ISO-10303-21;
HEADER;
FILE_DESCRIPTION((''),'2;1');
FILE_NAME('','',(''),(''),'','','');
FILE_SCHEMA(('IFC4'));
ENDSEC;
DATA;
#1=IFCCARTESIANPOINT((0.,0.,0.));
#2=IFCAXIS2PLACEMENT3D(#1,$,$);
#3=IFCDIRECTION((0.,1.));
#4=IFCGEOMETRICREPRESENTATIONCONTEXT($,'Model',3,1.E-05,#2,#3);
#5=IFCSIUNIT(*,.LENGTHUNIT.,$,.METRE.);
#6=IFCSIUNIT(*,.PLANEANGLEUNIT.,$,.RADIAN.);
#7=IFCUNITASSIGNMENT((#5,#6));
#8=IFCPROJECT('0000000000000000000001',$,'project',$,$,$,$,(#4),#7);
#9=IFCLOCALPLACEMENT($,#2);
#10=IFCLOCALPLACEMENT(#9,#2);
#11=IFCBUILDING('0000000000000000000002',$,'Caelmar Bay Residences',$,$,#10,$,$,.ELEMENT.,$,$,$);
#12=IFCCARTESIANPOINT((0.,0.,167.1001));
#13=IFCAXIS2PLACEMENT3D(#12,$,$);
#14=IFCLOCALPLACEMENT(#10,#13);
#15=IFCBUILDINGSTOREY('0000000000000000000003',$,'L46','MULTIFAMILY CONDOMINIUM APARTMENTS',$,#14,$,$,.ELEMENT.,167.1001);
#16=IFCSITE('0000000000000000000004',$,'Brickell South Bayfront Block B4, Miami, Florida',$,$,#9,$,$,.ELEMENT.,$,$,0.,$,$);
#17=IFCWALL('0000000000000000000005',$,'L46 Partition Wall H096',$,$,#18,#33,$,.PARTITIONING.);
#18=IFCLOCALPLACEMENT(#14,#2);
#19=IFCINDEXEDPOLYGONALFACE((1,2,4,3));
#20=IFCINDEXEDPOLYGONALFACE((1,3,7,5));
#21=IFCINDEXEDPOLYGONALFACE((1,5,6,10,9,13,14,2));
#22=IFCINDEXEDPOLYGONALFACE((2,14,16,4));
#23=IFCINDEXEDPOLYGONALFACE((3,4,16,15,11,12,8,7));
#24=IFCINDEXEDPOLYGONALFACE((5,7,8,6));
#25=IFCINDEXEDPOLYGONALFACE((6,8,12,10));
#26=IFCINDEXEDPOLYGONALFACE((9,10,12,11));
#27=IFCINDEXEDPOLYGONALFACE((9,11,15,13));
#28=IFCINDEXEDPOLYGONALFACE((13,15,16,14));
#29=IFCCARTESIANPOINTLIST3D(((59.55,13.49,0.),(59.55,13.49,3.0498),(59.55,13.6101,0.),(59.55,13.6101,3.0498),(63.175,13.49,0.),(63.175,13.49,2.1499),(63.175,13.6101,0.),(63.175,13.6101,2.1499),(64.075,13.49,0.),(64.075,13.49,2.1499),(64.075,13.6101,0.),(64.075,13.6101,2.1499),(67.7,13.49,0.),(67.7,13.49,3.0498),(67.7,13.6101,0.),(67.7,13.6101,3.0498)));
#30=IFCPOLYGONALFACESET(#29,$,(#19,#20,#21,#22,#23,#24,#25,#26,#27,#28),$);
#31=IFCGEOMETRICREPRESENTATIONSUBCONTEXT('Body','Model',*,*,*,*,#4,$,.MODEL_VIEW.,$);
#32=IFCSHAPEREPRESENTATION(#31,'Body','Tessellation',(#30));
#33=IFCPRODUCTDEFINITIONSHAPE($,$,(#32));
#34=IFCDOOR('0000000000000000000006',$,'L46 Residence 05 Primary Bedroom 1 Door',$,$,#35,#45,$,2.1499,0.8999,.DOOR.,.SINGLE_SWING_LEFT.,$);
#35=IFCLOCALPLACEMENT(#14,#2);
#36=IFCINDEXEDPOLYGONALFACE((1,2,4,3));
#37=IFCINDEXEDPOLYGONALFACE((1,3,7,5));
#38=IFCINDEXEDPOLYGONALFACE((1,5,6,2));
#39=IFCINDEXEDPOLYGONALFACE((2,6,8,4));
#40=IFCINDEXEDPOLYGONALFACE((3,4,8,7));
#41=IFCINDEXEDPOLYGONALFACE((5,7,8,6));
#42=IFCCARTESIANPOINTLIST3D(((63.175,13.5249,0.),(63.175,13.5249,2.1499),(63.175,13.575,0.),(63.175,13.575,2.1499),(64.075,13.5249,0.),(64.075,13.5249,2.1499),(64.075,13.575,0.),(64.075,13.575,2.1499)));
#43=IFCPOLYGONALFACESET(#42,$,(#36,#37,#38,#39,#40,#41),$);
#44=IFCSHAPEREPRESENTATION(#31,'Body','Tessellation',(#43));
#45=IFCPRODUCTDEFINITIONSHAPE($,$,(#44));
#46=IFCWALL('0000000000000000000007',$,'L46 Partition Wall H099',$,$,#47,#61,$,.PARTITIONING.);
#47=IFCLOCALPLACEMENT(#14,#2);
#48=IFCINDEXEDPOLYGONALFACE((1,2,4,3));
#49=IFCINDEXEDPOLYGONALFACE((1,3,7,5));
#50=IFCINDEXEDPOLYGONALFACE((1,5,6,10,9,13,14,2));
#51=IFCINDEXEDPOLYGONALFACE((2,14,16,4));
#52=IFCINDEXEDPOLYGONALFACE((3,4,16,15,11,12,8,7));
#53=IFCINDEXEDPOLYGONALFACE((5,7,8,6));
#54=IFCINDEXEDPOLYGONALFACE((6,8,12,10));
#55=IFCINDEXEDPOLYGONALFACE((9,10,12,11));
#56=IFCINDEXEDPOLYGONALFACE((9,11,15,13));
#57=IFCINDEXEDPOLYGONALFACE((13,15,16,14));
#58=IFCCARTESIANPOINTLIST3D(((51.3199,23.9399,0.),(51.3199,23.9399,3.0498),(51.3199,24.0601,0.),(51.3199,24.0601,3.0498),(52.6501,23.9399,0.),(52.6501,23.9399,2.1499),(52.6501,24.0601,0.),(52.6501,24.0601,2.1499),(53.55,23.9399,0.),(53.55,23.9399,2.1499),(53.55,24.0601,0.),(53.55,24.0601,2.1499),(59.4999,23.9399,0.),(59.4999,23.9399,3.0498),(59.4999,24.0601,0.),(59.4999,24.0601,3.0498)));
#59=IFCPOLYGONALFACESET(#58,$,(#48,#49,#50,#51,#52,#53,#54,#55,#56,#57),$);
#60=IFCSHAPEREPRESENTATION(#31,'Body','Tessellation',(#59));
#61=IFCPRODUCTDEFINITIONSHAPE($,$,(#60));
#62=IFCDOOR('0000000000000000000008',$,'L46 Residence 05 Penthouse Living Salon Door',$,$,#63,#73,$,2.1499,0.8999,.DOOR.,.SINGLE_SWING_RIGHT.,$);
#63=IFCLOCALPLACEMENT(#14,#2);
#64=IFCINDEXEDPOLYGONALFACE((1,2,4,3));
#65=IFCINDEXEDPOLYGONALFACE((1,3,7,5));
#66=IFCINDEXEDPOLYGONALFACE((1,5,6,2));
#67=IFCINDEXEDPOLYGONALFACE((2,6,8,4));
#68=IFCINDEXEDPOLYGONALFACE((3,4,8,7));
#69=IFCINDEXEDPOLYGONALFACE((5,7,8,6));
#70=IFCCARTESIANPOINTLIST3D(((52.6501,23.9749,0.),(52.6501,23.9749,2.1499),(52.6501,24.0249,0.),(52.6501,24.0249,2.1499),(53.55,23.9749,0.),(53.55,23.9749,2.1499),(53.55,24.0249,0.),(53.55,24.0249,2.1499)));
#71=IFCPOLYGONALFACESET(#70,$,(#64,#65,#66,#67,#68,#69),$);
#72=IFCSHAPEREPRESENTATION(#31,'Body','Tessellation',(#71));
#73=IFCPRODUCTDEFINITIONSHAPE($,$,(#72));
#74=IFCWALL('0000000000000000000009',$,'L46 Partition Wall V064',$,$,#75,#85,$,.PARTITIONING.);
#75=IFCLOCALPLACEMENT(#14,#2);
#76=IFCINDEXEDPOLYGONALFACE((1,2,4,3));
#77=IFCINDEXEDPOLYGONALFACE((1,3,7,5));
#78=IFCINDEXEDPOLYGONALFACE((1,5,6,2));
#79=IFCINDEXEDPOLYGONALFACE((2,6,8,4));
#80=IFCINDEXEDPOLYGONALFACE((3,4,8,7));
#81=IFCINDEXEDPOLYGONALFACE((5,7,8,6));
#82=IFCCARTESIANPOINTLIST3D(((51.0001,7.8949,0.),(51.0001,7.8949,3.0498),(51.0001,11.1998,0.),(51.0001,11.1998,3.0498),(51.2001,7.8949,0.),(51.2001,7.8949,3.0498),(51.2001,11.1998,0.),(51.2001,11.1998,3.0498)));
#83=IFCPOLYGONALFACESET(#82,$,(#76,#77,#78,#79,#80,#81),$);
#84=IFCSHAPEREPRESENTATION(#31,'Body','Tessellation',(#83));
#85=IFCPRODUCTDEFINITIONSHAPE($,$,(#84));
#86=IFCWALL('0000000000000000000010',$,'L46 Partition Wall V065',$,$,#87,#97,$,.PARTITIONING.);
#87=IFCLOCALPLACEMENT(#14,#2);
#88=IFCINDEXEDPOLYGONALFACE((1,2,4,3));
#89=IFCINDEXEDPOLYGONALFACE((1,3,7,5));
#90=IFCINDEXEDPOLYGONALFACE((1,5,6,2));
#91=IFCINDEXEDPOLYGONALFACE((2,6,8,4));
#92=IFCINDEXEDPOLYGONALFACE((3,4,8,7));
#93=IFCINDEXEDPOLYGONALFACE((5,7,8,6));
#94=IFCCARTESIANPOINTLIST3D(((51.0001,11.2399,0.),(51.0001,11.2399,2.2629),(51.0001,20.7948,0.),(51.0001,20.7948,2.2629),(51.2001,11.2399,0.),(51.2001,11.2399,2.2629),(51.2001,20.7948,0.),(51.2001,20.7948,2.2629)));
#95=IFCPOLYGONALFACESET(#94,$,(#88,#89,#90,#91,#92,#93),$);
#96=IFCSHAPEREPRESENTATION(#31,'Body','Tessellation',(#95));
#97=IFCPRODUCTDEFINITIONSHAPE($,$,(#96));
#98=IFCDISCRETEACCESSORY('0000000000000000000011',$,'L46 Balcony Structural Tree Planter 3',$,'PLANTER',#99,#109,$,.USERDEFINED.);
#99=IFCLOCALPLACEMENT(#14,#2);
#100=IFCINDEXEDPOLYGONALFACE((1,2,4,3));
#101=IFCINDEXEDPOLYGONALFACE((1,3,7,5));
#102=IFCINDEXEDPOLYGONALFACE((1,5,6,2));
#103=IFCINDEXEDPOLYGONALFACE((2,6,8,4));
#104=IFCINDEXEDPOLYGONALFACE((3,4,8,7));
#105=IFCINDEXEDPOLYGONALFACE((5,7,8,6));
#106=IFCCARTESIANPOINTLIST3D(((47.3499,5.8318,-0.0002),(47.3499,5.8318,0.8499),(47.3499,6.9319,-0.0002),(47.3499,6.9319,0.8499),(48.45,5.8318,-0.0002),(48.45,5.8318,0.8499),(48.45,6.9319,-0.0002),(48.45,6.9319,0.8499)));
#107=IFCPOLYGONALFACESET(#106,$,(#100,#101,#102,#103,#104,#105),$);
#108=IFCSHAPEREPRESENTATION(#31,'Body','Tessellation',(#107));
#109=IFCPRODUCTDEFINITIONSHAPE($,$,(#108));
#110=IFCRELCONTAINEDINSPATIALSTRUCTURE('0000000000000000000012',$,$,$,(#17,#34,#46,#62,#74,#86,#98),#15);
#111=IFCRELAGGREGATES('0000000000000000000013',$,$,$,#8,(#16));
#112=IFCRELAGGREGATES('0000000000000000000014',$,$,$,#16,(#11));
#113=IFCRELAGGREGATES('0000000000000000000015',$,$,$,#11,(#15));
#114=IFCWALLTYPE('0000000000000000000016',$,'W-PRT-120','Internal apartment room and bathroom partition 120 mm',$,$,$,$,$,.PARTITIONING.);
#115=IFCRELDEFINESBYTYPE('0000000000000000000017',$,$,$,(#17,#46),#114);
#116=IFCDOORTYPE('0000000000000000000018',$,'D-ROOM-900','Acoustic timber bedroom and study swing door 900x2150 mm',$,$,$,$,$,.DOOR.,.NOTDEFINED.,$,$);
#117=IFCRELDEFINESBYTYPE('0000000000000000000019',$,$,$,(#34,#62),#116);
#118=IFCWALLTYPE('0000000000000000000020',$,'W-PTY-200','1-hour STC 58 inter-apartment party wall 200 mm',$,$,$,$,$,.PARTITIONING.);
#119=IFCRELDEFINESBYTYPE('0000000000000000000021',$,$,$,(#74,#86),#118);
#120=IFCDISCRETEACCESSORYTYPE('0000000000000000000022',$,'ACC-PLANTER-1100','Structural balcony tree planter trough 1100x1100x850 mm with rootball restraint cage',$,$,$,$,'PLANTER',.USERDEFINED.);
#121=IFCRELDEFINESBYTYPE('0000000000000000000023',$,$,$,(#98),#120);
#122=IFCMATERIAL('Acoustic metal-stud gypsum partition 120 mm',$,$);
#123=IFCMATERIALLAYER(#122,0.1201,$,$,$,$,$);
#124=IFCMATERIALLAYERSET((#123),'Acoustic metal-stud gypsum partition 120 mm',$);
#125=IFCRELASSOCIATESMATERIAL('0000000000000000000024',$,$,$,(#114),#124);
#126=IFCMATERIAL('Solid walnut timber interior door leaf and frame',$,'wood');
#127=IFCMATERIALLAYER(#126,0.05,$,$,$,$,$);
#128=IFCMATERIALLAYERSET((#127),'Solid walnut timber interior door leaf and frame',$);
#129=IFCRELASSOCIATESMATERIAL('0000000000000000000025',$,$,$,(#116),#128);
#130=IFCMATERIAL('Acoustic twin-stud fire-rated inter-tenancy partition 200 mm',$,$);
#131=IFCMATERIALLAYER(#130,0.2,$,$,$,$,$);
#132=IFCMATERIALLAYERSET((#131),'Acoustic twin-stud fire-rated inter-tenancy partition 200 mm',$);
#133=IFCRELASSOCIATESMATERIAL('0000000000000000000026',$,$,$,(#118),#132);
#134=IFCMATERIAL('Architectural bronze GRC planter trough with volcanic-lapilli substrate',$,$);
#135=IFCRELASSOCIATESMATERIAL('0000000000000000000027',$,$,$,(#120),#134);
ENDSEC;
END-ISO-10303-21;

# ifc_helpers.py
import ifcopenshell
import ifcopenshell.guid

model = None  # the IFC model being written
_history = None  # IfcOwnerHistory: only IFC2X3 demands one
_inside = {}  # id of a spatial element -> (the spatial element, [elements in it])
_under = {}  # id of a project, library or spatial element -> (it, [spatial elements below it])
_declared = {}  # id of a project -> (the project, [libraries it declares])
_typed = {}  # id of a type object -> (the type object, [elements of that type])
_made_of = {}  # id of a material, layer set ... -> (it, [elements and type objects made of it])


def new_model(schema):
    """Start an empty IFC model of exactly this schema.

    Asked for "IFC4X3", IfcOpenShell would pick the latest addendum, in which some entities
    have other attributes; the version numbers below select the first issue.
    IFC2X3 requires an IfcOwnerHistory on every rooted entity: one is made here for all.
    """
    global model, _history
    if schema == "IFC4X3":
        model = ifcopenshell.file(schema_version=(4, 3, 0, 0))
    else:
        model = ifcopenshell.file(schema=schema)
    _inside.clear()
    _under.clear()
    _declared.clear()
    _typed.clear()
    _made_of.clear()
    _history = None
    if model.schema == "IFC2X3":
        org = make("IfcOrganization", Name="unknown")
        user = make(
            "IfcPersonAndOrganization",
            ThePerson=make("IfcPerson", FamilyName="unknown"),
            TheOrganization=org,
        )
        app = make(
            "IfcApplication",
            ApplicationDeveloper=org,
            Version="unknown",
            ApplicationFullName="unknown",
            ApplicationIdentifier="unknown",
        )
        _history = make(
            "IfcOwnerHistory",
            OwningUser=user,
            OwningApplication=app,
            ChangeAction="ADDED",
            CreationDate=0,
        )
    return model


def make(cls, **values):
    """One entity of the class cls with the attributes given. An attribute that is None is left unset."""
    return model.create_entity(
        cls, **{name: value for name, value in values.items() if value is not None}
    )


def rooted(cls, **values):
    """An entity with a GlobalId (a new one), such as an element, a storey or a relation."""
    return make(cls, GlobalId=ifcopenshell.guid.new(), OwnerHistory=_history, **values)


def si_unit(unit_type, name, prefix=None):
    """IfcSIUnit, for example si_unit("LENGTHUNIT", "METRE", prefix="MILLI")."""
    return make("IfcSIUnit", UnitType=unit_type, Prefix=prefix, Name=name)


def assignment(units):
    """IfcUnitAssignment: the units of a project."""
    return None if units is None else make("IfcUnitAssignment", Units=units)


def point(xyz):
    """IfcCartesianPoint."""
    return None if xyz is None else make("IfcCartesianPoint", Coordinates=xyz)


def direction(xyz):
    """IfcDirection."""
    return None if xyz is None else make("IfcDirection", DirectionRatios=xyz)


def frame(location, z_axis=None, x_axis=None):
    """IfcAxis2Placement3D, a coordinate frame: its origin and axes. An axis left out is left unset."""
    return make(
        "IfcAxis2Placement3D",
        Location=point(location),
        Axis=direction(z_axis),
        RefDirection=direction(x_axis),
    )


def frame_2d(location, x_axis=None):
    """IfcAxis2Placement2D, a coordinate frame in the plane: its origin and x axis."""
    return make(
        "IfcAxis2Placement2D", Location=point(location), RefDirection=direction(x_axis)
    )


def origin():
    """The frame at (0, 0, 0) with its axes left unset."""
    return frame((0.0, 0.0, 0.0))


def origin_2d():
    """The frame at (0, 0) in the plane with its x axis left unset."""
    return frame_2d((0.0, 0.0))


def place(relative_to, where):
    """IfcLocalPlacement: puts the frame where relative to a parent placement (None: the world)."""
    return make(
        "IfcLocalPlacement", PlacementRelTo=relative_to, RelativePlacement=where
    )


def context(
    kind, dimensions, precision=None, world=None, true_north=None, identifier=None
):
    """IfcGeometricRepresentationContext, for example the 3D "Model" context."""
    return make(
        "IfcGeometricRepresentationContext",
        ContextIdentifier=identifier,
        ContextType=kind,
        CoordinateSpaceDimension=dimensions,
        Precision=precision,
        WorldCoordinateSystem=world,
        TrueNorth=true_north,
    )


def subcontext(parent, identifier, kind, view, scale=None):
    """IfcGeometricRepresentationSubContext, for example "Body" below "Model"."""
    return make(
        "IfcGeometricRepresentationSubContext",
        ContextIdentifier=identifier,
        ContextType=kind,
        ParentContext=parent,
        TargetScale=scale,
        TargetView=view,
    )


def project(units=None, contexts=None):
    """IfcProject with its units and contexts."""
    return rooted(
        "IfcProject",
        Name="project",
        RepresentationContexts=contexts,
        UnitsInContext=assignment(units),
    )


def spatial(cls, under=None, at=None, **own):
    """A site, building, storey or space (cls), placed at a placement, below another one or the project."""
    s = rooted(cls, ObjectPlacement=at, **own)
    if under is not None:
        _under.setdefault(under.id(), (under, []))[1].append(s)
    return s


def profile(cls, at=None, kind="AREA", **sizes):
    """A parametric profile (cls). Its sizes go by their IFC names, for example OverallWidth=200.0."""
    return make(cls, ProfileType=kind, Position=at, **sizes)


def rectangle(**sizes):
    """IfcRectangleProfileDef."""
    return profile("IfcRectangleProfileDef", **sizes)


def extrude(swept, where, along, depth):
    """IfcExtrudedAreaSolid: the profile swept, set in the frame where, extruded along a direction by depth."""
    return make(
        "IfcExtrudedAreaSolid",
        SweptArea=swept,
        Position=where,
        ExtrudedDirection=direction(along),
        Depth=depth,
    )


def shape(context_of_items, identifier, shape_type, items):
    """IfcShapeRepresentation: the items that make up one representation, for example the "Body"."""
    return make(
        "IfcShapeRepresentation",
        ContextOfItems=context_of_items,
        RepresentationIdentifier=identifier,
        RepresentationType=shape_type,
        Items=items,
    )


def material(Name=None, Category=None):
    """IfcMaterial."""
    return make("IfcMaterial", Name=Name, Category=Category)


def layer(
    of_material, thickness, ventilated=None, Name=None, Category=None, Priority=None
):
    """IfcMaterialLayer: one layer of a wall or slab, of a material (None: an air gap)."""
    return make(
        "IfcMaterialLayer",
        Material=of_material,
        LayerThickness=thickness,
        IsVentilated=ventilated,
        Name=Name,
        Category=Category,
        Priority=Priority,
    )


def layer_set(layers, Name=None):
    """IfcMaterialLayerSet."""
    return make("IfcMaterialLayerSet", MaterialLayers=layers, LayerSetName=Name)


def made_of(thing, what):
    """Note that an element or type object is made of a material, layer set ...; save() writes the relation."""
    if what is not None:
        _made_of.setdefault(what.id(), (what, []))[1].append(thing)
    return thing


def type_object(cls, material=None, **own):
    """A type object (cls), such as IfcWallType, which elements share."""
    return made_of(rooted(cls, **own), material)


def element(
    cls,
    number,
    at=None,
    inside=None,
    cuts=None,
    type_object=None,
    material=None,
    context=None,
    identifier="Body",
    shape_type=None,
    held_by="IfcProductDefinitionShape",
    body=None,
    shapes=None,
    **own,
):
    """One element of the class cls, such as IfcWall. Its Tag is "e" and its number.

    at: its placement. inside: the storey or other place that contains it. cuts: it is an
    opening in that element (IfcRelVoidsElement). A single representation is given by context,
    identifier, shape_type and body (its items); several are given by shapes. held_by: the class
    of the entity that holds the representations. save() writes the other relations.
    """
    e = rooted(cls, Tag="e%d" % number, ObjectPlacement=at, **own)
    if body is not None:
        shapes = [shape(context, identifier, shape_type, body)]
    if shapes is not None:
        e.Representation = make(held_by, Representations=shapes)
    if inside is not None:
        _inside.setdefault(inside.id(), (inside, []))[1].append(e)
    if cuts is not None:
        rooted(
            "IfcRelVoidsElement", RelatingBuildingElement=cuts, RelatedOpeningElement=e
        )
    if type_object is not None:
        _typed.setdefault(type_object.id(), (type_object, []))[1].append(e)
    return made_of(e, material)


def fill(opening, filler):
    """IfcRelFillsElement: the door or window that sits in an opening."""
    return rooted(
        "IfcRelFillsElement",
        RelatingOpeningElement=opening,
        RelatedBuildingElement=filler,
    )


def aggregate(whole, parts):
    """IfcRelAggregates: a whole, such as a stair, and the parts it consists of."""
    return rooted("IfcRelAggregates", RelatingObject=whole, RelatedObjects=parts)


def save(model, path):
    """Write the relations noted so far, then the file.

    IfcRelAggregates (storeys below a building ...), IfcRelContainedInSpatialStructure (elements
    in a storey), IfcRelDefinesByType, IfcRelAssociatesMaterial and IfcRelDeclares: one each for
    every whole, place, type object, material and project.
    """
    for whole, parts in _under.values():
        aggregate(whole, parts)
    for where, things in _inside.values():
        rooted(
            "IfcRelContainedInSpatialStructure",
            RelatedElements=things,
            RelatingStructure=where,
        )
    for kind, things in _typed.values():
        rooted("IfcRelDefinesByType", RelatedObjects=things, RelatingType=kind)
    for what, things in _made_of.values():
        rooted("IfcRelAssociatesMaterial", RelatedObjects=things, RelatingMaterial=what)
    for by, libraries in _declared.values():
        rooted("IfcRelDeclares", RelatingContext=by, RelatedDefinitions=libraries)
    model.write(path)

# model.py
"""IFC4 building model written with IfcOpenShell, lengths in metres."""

from ifc_helpers import new_model, si_unit, direction, frame, frame_2d, origin, origin_2d, place, context, subcontext, project, spatial, rectangle, extrude, material, layer, layer_set, type_object, element, fill, save


model = new_model("IFC4")

# Units and contexts
model_context = context("Model", 3, precision=1e-05, world=origin(), true_north=direction((0.0, 1.0)))
body_context = subcontext(model_context, "Body", "Model", "MODEL_VIEW")
ifc_project = project(units=[si_unit("LENGTHUNIT", "METRE"), si_unit("PLANEANGLEUNIT", "RADIAN")], contexts=[model_context])

# Site, building, storey
site_placement = place(None, origin())
site = spatial("IfcSite", under=ifc_project, at=site_placement, Name="Brickell South Bayfront Block B4, Miami, Florida", CompositionType="ELEMENT", RefElevation=0.0)
building_placement = place(site_placement, origin())
building = spatial("IfcBuilding", under=site, at=building_placement, Name="Caelmar Bay Residences", CompositionType="ELEMENT")
storey_placement = place(building_placement, frame((0.0, 0.0, 167.1001)))
storey = spatial("IfcBuildingStorey", under=building, at=storey_placement, Name="L46", Description="MULTIFAMILY CONDOMINIUM APARTMENTS", CompositionType="ELEMENT", Elevation=167.1001)

# Shared definitions
ifc_material_1 = material(Name="Acoustic metal-stud gypsum partition 120 mm")
ifc_layer_1 = layer(ifc_material_1, 0.1201)
ifc_layer_set_1 = layer_set([ifc_layer_1], Name="Acoustic metal-stud gypsum partition 120 mm")
wall_type_1 = type_object("IfcWallType", Name="W-PRT-120", Description="Internal apartment room and bathroom partition 120 mm", PredefinedType="PARTITIONING", material=ifc_layer_set_1)

# Walls, openings, doors
wall_1_placement = place(storey_placement, frame((59.55, 13.55, 0.0), z_axis=(0.0, 0.0, 1.0), x_axis=(1.0, 0.0, 0.0)))
wall_1 = element("IfcWall", 1, at=wall_1_placement, inside=storey, type_object=wall_type_1, Name="L46 Partition Wall H096", PredefinedType="PARTITIONING", context=body_context, shape_type="SweptSolid", body=[
    extrude(rectangle(XDim=8.1499, YDim=0.1201, at=frame_2d((4.075, 0.0))), origin(), (0.0, 0.0, 1.0), 3.0498),
])
opening_1_placement = place(wall_1_placement, frame((3.625, 0.0, 0.0)))
opening_1 = element("IfcOpeningElement", 2, at=opening_1_placement, cuts=wall_1, PredefinedType="OPENING", context=body_context, shape_type="SweptSolid", body=[
    extrude(rectangle(XDim=0.8999, YDim=2.1499, at=frame_2d((0.45, 1.075))), frame((0.0, 0.0701, 0.0), z_axis=(0.0, -1.0, 0.0), x_axis=(1.0, 0.0, 0.0)), (0.0, 0.0, 1.0), 0.1401),
])
ifc_material_2 = material(Name="Solid walnut timber interior door leaf and frame", Category="wood")
ifc_layer_2 = layer(ifc_material_2, 0.05)
ifc_layer_set_2 = layer_set([ifc_layer_2], Name="Solid walnut timber interior door leaf and frame")
door_type = type_object("IfcDoorType", Name="D-ROOM-900", Description="Acoustic timber bedroom and study swing door 900x2150 mm", OperationType="NOTDEFINED", PredefinedType="DOOR", material=ifc_layer_set_2)
door_1_placement = place(opening_1_placement, origin())
door_1 = element("IfcDoor", 3, at=door_1_placement, inside=storey, type_object=door_type, Name="L46 Residence 05 Primary Bedroom 1 Door", OperationType="SINGLE_SWING_LEFT", OverallHeight=2.1499, OverallWidth=0.8999, PredefinedType="DOOR", context=body_context, shape_type="SweptSolid", body=[
    extrude(rectangle(XDim=0.8999, YDim=2.1499, at=frame_2d((0.45, 1.075))), frame((0.0, 0.0249, 0.0), z_axis=(0.0, -1.0, 0.0), x_axis=(1.0, 0.0, 0.0)), (0.0, 0.0, 1.0), 0.05),
])
fill(opening_1, door_1)
wall_2_placement = place(storey_placement, frame((51.3201, 24.0, 0.0), z_axis=(0.0, 0.0, 1.0), x_axis=(1.0, 0.0, 0.0)))
wall_2 = element("IfcWall", 4, at=wall_2_placement, inside=storey, type_object=wall_type_1, Name="L46 Partition Wall H099", PredefinedType="PARTITIONING", context=body_context, shape_type="SweptSolid", body=[
    extrude(rectangle(XDim=8.1799, YDim=0.1201, at=frame_2d((4.0898, 0.0))), origin(), (0.0, 0.0, 1.0), 3.0498),
])
opening_2_placement = place(wall_2_placement, frame((1.3301, 0.0, 0.0)))
opening_2 = element("IfcOpeningElement", 5, at=opening_2_placement, cuts=wall_2, PredefinedType="OPENING", context=body_context, shape_type="SweptSolid", body=[
    extrude(rectangle(XDim=0.8999, YDim=2.1499, at=frame_2d((0.45, 1.075))), frame((0.0, 0.0701, 0.0), z_axis=(0.0, -1.0, 0.0), x_axis=(1.0, 0.0, 0.0)), (0.0, 0.0, 1.0), 0.1401),
])
door_2_placement = place(opening_2_placement, origin())
door_2 = element("IfcDoor", 6, at=door_2_placement, inside=storey, type_object=door_type, Name="L46 Residence 05 Penthouse Living Salon Door", OperationType="SINGLE_SWING_RIGHT", OverallHeight=2.1499, OverallWidth=0.8999, PredefinedType="DOOR", context=body_context, shape_type="SweptSolid", body=[
    extrude(rectangle(XDim=0.8999, YDim=2.1499, at=frame_2d((0.45, 1.075))), frame((0.0, 0.0249, 0.0), z_axis=(0.0, -1.0, 0.0), x_axis=(1.0, 0.0, 0.0)), (0.0, 0.0, 1.0), 0.05),
])
fill(opening_2, door_2)

# Walls
ifc_material_3 = material(Name="Acoustic twin-stud fire-rated inter-tenancy partition 200 mm")
ifc_layer_3 = layer(ifc_material_3, 0.2)
ifc_layer_set_3 = layer_set([ifc_layer_3], Name="Acoustic twin-stud fire-rated inter-tenancy partition 200 mm")
wall_type_2 = type_object("IfcWallType", Name="W-PTY-200", Description="1-hour STC 58 inter-apartment party wall 200 mm", PredefinedType="PARTITIONING", material=ifc_layer_set_3)
wall_3_placement = place(storey_placement, frame((51.1001, 7.895, 0.0), z_axis=(0.0, 0.0, 1.0), x_axis=(0.0, 1.0, 0.0)))
element("IfcWall", 7, at=wall_3_placement, inside=storey, type_object=wall_type_2, Name="L46 Partition Wall V064", PredefinedType="PARTITIONING", context=body_context, shape_type="SweptSolid", body=[
    extrude(rectangle(XDim=3.3049, YDim=0.2, at=frame_2d((1.6523, 0.0))), origin(), (0.0, 0.0, 1.0), 3.0498),
])
wall_4_placement = place(storey_placement, frame((51.1001, 11.24, 0.0), z_axis=(0.0, 0.0, 1.0), x_axis=(0.0, 1.0, 0.0)))
element("IfcWall", 8, at=wall_4_placement, inside=storey, type_object=wall_type_2, Name="L46 Partition Wall V065", PredefinedType="PARTITIONING", context=body_context, shape_type="SweptSolid", body=[
    extrude(rectangle(XDim=9.5549, YDim=0.2, at=frame_2d((4.7773, 0.0))), origin(), (0.0, 0.0, 1.0), 2.2629),
])

# Discrete accessory
ifc_material_4 = material(Name="Architectural bronze GRC planter trough with volcanic-lapilli substrate")
discrete_accessory_type = type_object("IfcDiscreteAccessoryType", Name="ACC-PLANTER-1100", Description="Structural balcony tree planter trough 1100x1100x850 mm with rootball restraint cage", ElementType="PLANTER", PredefinedType="USERDEFINED", material=ifc_material_4)
discrete_accessory_placement = place(storey_placement, frame((47.8999, 6.3818, -0.0002), z_axis=(0.0, 0.0, 1.0), x_axis=(1.0, 0.0, 0.0)))
element("IfcDiscreteAccessory", 9, at=discrete_accessory_placement, inside=storey, type_object=discrete_accessory_type, Name="L46 Balcony Structural Tree Planter 3", ObjectType="PLANTER", PredefinedType="USERDEFINED", context=body_context, shape_type="SweptSolid", body=[
    extrude(rectangle(XDim=1.1001, YDim=1.1001, at=origin_2d()), origin(), (0.0, 0.0, 1.0), 0.8501),
])

save(model, "model.ifc")
